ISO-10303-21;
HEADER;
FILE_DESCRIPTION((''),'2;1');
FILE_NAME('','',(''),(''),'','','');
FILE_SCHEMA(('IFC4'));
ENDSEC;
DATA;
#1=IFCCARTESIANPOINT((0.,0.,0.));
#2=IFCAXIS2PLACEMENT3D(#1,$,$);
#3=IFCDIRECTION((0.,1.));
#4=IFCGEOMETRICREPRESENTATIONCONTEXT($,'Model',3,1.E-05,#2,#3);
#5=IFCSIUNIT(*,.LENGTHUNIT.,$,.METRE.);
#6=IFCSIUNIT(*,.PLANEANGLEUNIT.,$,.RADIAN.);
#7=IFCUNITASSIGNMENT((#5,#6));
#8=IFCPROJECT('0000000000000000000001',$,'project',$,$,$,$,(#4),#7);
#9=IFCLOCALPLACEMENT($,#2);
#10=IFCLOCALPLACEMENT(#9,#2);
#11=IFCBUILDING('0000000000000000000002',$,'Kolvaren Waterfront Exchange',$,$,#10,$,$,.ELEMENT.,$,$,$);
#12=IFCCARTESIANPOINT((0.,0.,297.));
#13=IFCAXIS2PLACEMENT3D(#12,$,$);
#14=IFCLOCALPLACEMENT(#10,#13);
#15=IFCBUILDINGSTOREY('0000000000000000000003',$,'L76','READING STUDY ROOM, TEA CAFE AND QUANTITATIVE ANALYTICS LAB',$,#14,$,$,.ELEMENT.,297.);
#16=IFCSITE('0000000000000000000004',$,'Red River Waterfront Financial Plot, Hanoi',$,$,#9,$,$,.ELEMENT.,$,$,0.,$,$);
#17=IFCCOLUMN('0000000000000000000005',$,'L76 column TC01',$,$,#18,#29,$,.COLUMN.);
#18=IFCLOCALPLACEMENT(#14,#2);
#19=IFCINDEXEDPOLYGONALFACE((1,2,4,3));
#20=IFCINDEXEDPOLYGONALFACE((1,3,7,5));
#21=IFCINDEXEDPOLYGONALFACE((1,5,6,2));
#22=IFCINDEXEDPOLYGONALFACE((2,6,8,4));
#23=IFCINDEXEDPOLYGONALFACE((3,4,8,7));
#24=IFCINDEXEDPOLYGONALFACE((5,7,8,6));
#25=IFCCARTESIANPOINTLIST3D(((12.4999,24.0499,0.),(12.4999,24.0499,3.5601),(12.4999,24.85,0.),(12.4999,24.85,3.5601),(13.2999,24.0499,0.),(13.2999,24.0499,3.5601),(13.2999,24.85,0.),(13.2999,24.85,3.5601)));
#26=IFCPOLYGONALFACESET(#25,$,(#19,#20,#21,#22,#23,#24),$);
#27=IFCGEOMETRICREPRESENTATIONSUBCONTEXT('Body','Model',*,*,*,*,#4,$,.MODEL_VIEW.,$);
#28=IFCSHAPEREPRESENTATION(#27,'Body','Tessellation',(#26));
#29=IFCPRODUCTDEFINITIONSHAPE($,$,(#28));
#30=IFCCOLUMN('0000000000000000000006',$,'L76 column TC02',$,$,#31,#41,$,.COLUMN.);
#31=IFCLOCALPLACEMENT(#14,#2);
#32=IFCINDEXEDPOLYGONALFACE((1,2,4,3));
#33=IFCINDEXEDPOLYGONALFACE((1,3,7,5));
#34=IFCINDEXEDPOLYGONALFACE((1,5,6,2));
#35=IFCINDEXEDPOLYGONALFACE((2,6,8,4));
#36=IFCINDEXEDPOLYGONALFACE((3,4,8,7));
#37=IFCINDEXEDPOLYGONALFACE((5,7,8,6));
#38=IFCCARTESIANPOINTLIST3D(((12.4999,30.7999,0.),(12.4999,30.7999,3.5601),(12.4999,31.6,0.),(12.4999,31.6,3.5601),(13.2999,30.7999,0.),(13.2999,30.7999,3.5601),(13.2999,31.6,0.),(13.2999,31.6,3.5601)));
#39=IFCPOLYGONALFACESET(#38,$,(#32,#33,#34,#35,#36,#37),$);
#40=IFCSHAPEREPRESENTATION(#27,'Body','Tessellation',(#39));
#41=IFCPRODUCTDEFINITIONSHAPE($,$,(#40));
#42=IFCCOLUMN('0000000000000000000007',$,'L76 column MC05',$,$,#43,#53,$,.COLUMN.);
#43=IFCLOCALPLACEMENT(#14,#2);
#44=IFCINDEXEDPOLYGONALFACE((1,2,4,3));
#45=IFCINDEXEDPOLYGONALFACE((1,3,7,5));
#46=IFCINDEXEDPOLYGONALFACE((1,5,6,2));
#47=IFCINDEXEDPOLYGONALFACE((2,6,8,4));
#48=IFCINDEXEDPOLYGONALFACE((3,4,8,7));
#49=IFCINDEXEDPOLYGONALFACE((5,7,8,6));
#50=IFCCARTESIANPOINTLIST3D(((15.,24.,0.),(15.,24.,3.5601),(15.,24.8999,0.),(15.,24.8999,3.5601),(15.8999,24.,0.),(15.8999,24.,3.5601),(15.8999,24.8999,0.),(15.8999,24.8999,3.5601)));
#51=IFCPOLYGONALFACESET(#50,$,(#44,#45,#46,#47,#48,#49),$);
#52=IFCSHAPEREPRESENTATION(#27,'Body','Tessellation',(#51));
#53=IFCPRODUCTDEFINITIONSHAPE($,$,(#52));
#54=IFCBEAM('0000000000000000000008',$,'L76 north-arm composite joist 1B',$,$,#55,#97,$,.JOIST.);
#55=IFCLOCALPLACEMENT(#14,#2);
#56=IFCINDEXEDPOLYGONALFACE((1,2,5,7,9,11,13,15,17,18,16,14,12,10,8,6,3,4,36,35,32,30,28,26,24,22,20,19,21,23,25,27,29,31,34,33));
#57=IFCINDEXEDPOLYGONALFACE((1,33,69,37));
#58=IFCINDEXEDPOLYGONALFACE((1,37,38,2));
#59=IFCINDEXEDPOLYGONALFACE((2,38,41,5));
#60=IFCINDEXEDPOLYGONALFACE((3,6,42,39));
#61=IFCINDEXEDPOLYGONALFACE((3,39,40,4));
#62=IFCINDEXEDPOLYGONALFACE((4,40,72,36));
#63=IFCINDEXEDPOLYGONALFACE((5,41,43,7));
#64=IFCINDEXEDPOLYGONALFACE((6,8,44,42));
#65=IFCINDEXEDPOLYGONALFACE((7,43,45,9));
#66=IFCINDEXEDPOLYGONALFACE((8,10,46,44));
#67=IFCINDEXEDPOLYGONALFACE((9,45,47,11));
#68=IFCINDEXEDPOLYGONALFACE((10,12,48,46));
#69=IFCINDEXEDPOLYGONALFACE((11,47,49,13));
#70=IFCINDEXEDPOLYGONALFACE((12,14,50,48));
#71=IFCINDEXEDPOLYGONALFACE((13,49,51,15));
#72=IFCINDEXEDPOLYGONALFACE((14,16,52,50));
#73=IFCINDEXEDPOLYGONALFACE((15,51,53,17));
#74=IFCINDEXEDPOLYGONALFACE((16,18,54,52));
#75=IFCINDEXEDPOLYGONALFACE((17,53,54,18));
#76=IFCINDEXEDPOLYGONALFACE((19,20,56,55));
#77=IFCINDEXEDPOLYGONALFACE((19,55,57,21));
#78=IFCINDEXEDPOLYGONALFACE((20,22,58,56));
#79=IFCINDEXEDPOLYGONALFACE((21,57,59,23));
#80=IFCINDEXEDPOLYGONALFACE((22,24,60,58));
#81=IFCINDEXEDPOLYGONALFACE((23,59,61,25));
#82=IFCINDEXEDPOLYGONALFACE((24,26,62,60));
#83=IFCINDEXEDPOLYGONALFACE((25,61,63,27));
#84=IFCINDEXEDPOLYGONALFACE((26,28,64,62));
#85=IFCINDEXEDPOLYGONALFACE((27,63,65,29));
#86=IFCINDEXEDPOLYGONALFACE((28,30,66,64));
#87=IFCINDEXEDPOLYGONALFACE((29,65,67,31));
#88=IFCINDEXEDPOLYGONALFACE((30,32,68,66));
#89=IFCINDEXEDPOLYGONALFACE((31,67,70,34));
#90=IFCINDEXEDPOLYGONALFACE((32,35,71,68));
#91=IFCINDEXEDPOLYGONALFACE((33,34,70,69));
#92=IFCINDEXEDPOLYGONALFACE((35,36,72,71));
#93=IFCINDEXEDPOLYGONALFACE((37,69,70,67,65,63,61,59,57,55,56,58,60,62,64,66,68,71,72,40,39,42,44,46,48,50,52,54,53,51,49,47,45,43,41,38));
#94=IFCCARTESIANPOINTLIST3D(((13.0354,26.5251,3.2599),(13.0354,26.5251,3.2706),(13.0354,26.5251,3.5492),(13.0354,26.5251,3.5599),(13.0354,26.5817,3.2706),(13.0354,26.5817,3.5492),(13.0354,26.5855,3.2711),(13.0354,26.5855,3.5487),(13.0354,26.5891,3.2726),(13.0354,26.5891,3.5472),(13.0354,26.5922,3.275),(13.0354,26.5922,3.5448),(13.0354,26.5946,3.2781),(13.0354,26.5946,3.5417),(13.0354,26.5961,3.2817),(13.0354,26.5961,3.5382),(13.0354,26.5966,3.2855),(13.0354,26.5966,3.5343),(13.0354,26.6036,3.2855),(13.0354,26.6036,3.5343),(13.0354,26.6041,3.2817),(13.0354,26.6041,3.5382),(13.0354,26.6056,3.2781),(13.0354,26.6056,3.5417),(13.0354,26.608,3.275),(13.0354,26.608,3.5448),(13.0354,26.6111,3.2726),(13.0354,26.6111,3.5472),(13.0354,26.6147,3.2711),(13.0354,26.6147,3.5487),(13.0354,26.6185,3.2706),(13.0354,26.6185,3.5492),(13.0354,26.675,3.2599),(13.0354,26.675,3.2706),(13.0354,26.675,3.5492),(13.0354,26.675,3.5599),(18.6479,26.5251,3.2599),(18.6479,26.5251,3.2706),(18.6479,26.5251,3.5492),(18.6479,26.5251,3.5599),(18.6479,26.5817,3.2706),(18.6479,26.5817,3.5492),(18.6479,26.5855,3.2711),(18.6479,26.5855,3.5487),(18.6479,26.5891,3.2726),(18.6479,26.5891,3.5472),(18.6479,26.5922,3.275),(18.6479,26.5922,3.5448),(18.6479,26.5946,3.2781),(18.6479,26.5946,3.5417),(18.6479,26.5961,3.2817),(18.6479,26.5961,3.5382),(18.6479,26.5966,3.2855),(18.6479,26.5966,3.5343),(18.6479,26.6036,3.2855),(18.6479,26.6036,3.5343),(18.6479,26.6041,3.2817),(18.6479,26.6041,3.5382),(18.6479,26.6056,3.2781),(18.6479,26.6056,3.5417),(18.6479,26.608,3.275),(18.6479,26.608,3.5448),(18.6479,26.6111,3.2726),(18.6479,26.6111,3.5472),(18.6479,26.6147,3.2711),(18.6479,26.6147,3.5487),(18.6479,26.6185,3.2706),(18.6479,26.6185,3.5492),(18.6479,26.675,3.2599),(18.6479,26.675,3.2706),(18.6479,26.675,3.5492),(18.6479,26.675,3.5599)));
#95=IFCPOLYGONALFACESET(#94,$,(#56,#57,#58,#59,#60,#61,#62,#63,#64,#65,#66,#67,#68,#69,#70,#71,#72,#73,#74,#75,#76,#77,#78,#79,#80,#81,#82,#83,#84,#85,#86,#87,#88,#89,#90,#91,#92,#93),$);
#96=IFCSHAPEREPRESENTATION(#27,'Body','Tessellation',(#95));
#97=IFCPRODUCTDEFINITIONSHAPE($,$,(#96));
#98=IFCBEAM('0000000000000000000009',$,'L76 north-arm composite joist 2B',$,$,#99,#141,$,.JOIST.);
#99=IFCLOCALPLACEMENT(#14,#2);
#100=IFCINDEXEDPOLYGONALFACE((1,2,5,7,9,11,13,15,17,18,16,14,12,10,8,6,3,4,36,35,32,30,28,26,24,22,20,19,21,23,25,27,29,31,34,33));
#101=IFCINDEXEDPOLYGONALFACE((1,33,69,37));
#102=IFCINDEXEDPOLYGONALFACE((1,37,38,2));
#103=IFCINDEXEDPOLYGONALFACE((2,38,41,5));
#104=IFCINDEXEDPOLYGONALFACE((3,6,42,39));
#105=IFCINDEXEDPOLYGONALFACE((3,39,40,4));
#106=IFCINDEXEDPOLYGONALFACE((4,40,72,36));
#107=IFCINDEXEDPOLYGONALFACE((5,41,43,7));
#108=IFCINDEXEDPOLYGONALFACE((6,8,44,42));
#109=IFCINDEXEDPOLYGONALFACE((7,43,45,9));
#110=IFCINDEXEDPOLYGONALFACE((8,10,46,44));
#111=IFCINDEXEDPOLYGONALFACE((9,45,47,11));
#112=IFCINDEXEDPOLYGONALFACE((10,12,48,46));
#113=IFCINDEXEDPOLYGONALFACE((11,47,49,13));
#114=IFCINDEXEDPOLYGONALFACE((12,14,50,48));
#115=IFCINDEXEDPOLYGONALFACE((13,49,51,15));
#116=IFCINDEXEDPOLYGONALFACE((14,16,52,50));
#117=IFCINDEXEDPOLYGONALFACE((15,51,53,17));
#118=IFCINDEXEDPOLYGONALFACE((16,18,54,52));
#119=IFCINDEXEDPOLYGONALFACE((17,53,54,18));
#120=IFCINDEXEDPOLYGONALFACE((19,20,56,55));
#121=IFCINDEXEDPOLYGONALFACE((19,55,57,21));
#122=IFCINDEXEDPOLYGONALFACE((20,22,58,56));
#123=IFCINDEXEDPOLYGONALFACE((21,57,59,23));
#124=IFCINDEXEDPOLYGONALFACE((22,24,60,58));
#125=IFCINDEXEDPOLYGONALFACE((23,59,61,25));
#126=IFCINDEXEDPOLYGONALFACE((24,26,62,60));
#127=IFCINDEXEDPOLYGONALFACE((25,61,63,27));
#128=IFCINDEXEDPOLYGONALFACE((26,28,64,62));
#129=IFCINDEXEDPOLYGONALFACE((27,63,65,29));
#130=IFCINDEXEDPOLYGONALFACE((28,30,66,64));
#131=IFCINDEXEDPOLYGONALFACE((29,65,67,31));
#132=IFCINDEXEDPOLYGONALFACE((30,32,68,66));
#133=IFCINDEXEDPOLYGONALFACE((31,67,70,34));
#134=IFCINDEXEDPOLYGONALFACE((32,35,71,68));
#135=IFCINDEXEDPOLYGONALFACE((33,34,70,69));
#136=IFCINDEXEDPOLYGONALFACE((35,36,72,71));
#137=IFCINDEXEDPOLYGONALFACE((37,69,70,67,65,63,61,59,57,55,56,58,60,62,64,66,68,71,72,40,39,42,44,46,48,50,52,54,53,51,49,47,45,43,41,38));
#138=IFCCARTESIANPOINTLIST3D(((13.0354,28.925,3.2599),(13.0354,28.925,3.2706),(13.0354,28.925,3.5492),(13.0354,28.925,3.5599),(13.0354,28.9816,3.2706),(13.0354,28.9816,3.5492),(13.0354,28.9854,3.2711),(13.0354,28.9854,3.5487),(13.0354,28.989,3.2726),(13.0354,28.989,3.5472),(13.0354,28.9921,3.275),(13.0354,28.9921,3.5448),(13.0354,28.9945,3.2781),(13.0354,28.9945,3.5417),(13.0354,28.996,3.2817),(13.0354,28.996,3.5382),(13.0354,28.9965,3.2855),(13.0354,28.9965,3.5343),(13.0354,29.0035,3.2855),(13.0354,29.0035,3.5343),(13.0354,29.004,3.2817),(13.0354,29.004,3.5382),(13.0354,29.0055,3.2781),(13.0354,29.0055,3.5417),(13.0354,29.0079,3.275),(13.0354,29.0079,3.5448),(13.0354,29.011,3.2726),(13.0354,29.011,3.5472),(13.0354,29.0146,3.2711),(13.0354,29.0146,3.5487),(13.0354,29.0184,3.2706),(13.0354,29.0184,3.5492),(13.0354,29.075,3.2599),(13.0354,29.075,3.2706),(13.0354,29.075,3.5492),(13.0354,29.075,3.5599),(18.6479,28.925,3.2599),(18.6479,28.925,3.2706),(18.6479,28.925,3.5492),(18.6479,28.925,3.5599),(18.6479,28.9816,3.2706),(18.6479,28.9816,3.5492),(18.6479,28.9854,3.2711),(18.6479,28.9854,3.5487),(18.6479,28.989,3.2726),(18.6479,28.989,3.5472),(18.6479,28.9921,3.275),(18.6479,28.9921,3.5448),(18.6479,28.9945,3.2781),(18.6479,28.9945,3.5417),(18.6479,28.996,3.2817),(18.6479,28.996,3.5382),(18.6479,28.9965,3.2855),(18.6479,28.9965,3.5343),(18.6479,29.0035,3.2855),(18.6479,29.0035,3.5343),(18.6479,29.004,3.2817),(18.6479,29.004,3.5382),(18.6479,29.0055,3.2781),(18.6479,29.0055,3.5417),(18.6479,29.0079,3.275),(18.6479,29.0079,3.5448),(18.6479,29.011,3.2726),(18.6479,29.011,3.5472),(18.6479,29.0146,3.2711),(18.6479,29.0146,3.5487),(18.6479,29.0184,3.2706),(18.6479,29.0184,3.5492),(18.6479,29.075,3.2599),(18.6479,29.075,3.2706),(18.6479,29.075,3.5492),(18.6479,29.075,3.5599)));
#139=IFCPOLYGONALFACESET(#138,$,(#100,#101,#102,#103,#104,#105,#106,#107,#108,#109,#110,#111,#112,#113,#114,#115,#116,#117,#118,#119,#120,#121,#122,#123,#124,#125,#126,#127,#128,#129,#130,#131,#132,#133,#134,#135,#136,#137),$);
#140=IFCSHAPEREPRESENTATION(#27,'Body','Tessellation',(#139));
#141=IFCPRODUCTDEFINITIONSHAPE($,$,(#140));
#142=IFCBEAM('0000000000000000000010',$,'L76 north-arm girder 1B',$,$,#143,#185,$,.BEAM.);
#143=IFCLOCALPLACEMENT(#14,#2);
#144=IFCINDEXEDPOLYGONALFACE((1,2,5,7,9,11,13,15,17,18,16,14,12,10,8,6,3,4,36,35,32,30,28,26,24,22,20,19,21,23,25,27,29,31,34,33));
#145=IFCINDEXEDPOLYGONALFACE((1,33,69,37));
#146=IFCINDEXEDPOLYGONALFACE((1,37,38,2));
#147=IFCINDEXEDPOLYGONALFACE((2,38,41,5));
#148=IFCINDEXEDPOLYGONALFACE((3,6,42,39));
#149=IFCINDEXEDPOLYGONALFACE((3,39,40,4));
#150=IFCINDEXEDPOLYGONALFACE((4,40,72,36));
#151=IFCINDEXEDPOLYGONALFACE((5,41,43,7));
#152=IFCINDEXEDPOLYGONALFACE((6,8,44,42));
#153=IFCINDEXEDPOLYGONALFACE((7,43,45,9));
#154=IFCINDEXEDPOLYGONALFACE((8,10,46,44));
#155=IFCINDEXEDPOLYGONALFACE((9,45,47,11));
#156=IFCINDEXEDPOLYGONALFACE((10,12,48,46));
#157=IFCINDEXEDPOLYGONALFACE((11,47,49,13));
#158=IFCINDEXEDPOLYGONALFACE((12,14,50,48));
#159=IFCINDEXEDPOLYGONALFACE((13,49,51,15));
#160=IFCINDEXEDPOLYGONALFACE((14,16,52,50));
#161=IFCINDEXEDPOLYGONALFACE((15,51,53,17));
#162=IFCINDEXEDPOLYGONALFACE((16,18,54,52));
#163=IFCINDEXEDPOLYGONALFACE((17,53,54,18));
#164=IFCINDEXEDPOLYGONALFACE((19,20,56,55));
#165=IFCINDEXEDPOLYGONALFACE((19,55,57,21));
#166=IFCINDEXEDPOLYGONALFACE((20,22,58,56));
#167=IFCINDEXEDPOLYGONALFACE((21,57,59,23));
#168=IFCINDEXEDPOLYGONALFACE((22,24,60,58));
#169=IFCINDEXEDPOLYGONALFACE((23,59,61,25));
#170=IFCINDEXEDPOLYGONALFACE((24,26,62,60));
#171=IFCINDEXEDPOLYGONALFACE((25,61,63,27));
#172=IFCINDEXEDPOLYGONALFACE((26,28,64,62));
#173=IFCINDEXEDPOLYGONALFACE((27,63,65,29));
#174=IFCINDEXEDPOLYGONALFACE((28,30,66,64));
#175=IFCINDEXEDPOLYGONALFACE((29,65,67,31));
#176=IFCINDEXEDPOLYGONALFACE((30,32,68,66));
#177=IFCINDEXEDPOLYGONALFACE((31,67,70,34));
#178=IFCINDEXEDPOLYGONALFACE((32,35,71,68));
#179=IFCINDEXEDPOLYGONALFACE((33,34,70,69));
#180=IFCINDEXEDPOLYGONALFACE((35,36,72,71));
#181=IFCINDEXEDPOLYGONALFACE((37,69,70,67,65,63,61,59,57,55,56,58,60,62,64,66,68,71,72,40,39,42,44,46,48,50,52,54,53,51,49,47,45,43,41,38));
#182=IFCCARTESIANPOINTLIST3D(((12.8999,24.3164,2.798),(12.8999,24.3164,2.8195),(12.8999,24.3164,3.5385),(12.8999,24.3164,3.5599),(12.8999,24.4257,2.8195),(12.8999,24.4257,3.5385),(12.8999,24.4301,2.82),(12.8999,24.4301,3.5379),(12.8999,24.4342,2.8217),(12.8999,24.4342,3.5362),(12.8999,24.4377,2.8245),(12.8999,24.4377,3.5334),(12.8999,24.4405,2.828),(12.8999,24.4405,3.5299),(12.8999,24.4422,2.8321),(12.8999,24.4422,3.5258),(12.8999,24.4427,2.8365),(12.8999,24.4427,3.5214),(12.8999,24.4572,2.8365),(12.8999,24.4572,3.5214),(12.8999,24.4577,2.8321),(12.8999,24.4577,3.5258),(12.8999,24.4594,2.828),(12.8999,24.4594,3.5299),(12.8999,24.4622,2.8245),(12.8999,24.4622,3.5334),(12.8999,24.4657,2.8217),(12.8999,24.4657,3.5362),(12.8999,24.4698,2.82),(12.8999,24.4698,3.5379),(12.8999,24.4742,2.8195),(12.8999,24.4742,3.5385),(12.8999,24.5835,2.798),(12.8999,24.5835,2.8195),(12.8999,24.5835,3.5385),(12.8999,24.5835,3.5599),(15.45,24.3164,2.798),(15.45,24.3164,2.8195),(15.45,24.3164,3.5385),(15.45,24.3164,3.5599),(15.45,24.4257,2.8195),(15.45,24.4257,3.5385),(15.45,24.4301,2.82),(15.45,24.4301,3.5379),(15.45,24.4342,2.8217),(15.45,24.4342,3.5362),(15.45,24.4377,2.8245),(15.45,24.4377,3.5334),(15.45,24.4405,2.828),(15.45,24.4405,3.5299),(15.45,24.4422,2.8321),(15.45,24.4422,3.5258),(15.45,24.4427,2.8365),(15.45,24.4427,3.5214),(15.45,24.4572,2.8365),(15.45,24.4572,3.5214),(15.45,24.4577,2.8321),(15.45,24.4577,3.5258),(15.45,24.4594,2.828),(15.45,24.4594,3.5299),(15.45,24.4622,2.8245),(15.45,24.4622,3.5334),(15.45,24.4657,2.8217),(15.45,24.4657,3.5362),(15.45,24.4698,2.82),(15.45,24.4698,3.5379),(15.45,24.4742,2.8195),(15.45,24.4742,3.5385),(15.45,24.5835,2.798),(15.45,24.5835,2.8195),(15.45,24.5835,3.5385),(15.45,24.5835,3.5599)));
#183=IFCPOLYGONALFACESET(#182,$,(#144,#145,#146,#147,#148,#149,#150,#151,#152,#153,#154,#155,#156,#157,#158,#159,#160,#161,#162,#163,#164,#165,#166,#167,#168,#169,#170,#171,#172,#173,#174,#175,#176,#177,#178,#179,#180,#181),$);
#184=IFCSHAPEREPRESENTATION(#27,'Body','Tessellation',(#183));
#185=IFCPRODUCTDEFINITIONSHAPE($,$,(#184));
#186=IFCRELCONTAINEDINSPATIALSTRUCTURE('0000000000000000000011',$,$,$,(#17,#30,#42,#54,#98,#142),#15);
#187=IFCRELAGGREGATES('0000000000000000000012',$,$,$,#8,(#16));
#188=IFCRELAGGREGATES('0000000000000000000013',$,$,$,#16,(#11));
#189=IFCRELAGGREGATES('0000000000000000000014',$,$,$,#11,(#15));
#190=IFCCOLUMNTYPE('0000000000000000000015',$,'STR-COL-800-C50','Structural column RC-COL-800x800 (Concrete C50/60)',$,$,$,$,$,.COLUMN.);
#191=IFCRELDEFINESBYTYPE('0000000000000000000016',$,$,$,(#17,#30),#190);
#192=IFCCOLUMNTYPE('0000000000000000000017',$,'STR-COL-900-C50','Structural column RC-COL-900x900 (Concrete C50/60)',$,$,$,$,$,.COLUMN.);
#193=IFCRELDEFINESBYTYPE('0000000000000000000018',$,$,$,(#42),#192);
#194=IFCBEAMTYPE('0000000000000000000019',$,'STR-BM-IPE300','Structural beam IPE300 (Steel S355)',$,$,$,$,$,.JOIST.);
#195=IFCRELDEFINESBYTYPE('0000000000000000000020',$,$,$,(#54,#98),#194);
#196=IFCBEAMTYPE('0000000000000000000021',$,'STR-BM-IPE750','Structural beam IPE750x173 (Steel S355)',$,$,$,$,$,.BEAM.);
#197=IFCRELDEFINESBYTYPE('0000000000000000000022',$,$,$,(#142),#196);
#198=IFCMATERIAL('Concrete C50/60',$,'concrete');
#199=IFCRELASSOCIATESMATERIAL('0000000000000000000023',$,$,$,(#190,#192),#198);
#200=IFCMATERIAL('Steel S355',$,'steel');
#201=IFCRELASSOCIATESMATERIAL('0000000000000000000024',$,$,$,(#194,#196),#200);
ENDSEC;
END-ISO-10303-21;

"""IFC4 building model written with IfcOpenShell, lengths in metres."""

from ifc_helpers import new_model, si_unit, direction, frame, origin, origin_2d, place, context, subcontext, project, spatial, rectangle, i_section, extrude, material, material_profile, profile_set, type_object, element, save


model = new_model("IFC4")

# Units and contexts
model_context = context("Model", 3, precision=1e-05, world=origin(), true_north=direction((0.0, 1.0)))
body_context = subcontext(model_context, "Body", "Model", "MODEL_VIEW")
ifc_project = project(units=[si_unit("LENGTHUNIT", "METRE"), si_unit("PLANEANGLEUNIT", "RADIAN")], contexts=[model_context])

# Site, building, storey
site_placement = place(None, origin())
site = spatial("IfcSite", under=ifc_project, at=site_placement, Name="Red River Waterfront Financial Plot, Hanoi", CompositionType="ELEMENT", RefElevation=0.0)
building_placement = place(site_placement, origin())
building = spatial("IfcBuilding", under=site, at=building_placement, Name="Kolvaren Waterfront Exchange", CompositionType="ELEMENT")
storey_placement = place(building_placement, frame((0.0, 0.0, 297.0)))
storey = spatial("IfcBuildingStorey", under=building, at=storey_placement, Name="L76", Description="READING STUDY ROOM, TEA CAFE AND QUANTITATIVE ANALYTICS LAB", CompositionType="ELEMENT", Elevation=297.0)

# Columns
ifc_material_1 = material(Name="Concrete C50/60", Category="concrete")
ifc_material_profile_1 = material_profile(ifc_material_1, rectangle(XDim=0.8, YDim=0.8, at=origin_2d()), Name="RC-COL-800x800")
ifc_profile_set_1 = profile_set([ifc_material_profile_1], Name="Concrete C50/60")
column_type_1 = type_object("IfcColumnType", Name="STR-COL-800-C50", Description="Structural column RC-COL-800x800 (Concrete C50/60)", PredefinedType="COLUMN", material=ifc_profile_set_1)
for number, where, z_axis, x_axis, name in (
    (1, (12.8999, 24.45, 0.0), (0.0, 0.0, 1.0), (1.0, 0.0, 0.0), "L76 column TC01"),
    (2, (12.8999, 31.2, 0.0), (0.0, 0.0, 1.0), (1.0, 0.0, 0.0), "L76 column TC02"),
):
    element("IfcColumn", number, at=place(storey_placement, frame(where, z_axis=z_axis, x_axis=x_axis)), inside=storey, type_object=column_type_1, Name=name, PredefinedType="COLUMN", context=body_context, shape_type="SweptSolid", body=[
        extrude(rectangle(XDim=0.8, YDim=0.8, at=origin_2d()), origin(), (0.0, 0.0, 1.0), 3.5601),
    ])
ifc_material_profile_2 = material_profile(ifc_material_1, rectangle(XDim=0.8999, YDim=0.8999, at=origin_2d()), Name="RC-COL-900x900")
ifc_profile_set_2 = profile_set([ifc_material_profile_2], Name="Concrete C50/60")
column_type_2 = type_object("IfcColumnType", Name="STR-COL-900-C50", Description="Structural column RC-COL-900x900 (Concrete C50/60)", PredefinedType="COLUMN", material=ifc_profile_set_2)
column_placement = place(storey_placement, frame((15.45, 24.45, 0.0), z_axis=(0.0, 0.0, 1.0), x_axis=(1.0, 0.0, 0.0)))
element("IfcColumn", 3, at=column_placement, inside=storey, type_object=column_type_2, Name="L76 column MC05", PredefinedType="COLUMN", context=body_context, shape_type="SweptSolid", body=[
    extrude(rectangle(XDim=0.8999, YDim=0.8999, at=origin_2d()), origin(), (0.0, 0.0, 1.0), 3.5601),
])

# Beams
ifc_material_2 = material(Name="Steel S355", Category="steel")
ifc_material_profile_3 = material_profile(ifc_material_2, i_section(OverallWidth=0.1499, OverallDepth=0.3, WebThickness=0.0071, FlangeThickness=0.0107, FilletRadius=0.0149, at=origin_2d()), Name="IPE300")
ifc_profile_set_3 = profile_set([ifc_material_profile_3], Name="Steel S355")
beam_type_1 = type_object("IfcBeamType", Name="STR-BM-IPE300", Description="Structural beam IPE300 (Steel S355)", PredefinedType="JOIST", material=ifc_profile_set_3)
for number, where, z_axis, x_axis, name in (
    (4, (13.0354, 26.6001, 3.4099), (1.0, 0.0, 0.0), (0.0, 1.0, 0.0), "L76 north-arm composite joist 1B"),
    (5, (13.0354, 29.0, 3.4099), (1.0, 0.0, 0.0), (0.0, 1.0, 0.0), "L76 north-arm composite joist 2B"),
):
    element("IfcBeam", number, at=place(storey_placement, frame(where, z_axis=z_axis, x_axis=x_axis)), inside=storey, type_object=beam_type_1, Name=name, PredefinedType="JOIST", context=body_context, shape_type="SweptSolid", body=[
        extrude(i_section(OverallWidth=0.1499, OverallDepth=0.3, WebThickness=0.0071, FlangeThickness=0.0107, FilletRadius=0.0149, at=origin_2d()), origin(), (0.0, 0.0, 1.0), 5.6125),
    ])
ifc_material_profile_4 = material_profile(ifc_material_2, i_section(OverallWidth=0.2671, OverallDepth=0.762, WebThickness=0.0144, FlangeThickness=0.0215, FilletRadius=0.0171, at=origin_2d()), Name="IPE750x173")
ifc_profile_set_4 = profile_set([ifc_material_profile_4], Name="Steel S355")
beam_type_2 = type_object("IfcBeamType", Name="STR-BM-IPE750", Description="Structural beam IPE750x173 (Steel S355)", PredefinedType="BEAM", material=ifc_profile_set_4)
beam_1_placement = place(storey_placement, frame((12.8999, 24.45, 3.179), z_axis=(1.0, 0.0, 0.0), x_axis=(0.0, 1.0, 0.0)))
element("IfcBeam", 6, at=beam_1_placement, inside=storey, type_object=beam_type_2, Name="L76 north-arm girder 1B", PredefinedType="BEAM", context=body_context, shape_type="SweptSolid", body=[
    extrude(i_section(OverallWidth=0.2671, OverallDepth=0.762, WebThickness=0.0144, FlangeThickness=0.0215, FilletRadius=0.0171, at=origin_2d()), origin(), (0.0, 0.0, 1.0), 2.55),
])

save(model, "model.ifc")
